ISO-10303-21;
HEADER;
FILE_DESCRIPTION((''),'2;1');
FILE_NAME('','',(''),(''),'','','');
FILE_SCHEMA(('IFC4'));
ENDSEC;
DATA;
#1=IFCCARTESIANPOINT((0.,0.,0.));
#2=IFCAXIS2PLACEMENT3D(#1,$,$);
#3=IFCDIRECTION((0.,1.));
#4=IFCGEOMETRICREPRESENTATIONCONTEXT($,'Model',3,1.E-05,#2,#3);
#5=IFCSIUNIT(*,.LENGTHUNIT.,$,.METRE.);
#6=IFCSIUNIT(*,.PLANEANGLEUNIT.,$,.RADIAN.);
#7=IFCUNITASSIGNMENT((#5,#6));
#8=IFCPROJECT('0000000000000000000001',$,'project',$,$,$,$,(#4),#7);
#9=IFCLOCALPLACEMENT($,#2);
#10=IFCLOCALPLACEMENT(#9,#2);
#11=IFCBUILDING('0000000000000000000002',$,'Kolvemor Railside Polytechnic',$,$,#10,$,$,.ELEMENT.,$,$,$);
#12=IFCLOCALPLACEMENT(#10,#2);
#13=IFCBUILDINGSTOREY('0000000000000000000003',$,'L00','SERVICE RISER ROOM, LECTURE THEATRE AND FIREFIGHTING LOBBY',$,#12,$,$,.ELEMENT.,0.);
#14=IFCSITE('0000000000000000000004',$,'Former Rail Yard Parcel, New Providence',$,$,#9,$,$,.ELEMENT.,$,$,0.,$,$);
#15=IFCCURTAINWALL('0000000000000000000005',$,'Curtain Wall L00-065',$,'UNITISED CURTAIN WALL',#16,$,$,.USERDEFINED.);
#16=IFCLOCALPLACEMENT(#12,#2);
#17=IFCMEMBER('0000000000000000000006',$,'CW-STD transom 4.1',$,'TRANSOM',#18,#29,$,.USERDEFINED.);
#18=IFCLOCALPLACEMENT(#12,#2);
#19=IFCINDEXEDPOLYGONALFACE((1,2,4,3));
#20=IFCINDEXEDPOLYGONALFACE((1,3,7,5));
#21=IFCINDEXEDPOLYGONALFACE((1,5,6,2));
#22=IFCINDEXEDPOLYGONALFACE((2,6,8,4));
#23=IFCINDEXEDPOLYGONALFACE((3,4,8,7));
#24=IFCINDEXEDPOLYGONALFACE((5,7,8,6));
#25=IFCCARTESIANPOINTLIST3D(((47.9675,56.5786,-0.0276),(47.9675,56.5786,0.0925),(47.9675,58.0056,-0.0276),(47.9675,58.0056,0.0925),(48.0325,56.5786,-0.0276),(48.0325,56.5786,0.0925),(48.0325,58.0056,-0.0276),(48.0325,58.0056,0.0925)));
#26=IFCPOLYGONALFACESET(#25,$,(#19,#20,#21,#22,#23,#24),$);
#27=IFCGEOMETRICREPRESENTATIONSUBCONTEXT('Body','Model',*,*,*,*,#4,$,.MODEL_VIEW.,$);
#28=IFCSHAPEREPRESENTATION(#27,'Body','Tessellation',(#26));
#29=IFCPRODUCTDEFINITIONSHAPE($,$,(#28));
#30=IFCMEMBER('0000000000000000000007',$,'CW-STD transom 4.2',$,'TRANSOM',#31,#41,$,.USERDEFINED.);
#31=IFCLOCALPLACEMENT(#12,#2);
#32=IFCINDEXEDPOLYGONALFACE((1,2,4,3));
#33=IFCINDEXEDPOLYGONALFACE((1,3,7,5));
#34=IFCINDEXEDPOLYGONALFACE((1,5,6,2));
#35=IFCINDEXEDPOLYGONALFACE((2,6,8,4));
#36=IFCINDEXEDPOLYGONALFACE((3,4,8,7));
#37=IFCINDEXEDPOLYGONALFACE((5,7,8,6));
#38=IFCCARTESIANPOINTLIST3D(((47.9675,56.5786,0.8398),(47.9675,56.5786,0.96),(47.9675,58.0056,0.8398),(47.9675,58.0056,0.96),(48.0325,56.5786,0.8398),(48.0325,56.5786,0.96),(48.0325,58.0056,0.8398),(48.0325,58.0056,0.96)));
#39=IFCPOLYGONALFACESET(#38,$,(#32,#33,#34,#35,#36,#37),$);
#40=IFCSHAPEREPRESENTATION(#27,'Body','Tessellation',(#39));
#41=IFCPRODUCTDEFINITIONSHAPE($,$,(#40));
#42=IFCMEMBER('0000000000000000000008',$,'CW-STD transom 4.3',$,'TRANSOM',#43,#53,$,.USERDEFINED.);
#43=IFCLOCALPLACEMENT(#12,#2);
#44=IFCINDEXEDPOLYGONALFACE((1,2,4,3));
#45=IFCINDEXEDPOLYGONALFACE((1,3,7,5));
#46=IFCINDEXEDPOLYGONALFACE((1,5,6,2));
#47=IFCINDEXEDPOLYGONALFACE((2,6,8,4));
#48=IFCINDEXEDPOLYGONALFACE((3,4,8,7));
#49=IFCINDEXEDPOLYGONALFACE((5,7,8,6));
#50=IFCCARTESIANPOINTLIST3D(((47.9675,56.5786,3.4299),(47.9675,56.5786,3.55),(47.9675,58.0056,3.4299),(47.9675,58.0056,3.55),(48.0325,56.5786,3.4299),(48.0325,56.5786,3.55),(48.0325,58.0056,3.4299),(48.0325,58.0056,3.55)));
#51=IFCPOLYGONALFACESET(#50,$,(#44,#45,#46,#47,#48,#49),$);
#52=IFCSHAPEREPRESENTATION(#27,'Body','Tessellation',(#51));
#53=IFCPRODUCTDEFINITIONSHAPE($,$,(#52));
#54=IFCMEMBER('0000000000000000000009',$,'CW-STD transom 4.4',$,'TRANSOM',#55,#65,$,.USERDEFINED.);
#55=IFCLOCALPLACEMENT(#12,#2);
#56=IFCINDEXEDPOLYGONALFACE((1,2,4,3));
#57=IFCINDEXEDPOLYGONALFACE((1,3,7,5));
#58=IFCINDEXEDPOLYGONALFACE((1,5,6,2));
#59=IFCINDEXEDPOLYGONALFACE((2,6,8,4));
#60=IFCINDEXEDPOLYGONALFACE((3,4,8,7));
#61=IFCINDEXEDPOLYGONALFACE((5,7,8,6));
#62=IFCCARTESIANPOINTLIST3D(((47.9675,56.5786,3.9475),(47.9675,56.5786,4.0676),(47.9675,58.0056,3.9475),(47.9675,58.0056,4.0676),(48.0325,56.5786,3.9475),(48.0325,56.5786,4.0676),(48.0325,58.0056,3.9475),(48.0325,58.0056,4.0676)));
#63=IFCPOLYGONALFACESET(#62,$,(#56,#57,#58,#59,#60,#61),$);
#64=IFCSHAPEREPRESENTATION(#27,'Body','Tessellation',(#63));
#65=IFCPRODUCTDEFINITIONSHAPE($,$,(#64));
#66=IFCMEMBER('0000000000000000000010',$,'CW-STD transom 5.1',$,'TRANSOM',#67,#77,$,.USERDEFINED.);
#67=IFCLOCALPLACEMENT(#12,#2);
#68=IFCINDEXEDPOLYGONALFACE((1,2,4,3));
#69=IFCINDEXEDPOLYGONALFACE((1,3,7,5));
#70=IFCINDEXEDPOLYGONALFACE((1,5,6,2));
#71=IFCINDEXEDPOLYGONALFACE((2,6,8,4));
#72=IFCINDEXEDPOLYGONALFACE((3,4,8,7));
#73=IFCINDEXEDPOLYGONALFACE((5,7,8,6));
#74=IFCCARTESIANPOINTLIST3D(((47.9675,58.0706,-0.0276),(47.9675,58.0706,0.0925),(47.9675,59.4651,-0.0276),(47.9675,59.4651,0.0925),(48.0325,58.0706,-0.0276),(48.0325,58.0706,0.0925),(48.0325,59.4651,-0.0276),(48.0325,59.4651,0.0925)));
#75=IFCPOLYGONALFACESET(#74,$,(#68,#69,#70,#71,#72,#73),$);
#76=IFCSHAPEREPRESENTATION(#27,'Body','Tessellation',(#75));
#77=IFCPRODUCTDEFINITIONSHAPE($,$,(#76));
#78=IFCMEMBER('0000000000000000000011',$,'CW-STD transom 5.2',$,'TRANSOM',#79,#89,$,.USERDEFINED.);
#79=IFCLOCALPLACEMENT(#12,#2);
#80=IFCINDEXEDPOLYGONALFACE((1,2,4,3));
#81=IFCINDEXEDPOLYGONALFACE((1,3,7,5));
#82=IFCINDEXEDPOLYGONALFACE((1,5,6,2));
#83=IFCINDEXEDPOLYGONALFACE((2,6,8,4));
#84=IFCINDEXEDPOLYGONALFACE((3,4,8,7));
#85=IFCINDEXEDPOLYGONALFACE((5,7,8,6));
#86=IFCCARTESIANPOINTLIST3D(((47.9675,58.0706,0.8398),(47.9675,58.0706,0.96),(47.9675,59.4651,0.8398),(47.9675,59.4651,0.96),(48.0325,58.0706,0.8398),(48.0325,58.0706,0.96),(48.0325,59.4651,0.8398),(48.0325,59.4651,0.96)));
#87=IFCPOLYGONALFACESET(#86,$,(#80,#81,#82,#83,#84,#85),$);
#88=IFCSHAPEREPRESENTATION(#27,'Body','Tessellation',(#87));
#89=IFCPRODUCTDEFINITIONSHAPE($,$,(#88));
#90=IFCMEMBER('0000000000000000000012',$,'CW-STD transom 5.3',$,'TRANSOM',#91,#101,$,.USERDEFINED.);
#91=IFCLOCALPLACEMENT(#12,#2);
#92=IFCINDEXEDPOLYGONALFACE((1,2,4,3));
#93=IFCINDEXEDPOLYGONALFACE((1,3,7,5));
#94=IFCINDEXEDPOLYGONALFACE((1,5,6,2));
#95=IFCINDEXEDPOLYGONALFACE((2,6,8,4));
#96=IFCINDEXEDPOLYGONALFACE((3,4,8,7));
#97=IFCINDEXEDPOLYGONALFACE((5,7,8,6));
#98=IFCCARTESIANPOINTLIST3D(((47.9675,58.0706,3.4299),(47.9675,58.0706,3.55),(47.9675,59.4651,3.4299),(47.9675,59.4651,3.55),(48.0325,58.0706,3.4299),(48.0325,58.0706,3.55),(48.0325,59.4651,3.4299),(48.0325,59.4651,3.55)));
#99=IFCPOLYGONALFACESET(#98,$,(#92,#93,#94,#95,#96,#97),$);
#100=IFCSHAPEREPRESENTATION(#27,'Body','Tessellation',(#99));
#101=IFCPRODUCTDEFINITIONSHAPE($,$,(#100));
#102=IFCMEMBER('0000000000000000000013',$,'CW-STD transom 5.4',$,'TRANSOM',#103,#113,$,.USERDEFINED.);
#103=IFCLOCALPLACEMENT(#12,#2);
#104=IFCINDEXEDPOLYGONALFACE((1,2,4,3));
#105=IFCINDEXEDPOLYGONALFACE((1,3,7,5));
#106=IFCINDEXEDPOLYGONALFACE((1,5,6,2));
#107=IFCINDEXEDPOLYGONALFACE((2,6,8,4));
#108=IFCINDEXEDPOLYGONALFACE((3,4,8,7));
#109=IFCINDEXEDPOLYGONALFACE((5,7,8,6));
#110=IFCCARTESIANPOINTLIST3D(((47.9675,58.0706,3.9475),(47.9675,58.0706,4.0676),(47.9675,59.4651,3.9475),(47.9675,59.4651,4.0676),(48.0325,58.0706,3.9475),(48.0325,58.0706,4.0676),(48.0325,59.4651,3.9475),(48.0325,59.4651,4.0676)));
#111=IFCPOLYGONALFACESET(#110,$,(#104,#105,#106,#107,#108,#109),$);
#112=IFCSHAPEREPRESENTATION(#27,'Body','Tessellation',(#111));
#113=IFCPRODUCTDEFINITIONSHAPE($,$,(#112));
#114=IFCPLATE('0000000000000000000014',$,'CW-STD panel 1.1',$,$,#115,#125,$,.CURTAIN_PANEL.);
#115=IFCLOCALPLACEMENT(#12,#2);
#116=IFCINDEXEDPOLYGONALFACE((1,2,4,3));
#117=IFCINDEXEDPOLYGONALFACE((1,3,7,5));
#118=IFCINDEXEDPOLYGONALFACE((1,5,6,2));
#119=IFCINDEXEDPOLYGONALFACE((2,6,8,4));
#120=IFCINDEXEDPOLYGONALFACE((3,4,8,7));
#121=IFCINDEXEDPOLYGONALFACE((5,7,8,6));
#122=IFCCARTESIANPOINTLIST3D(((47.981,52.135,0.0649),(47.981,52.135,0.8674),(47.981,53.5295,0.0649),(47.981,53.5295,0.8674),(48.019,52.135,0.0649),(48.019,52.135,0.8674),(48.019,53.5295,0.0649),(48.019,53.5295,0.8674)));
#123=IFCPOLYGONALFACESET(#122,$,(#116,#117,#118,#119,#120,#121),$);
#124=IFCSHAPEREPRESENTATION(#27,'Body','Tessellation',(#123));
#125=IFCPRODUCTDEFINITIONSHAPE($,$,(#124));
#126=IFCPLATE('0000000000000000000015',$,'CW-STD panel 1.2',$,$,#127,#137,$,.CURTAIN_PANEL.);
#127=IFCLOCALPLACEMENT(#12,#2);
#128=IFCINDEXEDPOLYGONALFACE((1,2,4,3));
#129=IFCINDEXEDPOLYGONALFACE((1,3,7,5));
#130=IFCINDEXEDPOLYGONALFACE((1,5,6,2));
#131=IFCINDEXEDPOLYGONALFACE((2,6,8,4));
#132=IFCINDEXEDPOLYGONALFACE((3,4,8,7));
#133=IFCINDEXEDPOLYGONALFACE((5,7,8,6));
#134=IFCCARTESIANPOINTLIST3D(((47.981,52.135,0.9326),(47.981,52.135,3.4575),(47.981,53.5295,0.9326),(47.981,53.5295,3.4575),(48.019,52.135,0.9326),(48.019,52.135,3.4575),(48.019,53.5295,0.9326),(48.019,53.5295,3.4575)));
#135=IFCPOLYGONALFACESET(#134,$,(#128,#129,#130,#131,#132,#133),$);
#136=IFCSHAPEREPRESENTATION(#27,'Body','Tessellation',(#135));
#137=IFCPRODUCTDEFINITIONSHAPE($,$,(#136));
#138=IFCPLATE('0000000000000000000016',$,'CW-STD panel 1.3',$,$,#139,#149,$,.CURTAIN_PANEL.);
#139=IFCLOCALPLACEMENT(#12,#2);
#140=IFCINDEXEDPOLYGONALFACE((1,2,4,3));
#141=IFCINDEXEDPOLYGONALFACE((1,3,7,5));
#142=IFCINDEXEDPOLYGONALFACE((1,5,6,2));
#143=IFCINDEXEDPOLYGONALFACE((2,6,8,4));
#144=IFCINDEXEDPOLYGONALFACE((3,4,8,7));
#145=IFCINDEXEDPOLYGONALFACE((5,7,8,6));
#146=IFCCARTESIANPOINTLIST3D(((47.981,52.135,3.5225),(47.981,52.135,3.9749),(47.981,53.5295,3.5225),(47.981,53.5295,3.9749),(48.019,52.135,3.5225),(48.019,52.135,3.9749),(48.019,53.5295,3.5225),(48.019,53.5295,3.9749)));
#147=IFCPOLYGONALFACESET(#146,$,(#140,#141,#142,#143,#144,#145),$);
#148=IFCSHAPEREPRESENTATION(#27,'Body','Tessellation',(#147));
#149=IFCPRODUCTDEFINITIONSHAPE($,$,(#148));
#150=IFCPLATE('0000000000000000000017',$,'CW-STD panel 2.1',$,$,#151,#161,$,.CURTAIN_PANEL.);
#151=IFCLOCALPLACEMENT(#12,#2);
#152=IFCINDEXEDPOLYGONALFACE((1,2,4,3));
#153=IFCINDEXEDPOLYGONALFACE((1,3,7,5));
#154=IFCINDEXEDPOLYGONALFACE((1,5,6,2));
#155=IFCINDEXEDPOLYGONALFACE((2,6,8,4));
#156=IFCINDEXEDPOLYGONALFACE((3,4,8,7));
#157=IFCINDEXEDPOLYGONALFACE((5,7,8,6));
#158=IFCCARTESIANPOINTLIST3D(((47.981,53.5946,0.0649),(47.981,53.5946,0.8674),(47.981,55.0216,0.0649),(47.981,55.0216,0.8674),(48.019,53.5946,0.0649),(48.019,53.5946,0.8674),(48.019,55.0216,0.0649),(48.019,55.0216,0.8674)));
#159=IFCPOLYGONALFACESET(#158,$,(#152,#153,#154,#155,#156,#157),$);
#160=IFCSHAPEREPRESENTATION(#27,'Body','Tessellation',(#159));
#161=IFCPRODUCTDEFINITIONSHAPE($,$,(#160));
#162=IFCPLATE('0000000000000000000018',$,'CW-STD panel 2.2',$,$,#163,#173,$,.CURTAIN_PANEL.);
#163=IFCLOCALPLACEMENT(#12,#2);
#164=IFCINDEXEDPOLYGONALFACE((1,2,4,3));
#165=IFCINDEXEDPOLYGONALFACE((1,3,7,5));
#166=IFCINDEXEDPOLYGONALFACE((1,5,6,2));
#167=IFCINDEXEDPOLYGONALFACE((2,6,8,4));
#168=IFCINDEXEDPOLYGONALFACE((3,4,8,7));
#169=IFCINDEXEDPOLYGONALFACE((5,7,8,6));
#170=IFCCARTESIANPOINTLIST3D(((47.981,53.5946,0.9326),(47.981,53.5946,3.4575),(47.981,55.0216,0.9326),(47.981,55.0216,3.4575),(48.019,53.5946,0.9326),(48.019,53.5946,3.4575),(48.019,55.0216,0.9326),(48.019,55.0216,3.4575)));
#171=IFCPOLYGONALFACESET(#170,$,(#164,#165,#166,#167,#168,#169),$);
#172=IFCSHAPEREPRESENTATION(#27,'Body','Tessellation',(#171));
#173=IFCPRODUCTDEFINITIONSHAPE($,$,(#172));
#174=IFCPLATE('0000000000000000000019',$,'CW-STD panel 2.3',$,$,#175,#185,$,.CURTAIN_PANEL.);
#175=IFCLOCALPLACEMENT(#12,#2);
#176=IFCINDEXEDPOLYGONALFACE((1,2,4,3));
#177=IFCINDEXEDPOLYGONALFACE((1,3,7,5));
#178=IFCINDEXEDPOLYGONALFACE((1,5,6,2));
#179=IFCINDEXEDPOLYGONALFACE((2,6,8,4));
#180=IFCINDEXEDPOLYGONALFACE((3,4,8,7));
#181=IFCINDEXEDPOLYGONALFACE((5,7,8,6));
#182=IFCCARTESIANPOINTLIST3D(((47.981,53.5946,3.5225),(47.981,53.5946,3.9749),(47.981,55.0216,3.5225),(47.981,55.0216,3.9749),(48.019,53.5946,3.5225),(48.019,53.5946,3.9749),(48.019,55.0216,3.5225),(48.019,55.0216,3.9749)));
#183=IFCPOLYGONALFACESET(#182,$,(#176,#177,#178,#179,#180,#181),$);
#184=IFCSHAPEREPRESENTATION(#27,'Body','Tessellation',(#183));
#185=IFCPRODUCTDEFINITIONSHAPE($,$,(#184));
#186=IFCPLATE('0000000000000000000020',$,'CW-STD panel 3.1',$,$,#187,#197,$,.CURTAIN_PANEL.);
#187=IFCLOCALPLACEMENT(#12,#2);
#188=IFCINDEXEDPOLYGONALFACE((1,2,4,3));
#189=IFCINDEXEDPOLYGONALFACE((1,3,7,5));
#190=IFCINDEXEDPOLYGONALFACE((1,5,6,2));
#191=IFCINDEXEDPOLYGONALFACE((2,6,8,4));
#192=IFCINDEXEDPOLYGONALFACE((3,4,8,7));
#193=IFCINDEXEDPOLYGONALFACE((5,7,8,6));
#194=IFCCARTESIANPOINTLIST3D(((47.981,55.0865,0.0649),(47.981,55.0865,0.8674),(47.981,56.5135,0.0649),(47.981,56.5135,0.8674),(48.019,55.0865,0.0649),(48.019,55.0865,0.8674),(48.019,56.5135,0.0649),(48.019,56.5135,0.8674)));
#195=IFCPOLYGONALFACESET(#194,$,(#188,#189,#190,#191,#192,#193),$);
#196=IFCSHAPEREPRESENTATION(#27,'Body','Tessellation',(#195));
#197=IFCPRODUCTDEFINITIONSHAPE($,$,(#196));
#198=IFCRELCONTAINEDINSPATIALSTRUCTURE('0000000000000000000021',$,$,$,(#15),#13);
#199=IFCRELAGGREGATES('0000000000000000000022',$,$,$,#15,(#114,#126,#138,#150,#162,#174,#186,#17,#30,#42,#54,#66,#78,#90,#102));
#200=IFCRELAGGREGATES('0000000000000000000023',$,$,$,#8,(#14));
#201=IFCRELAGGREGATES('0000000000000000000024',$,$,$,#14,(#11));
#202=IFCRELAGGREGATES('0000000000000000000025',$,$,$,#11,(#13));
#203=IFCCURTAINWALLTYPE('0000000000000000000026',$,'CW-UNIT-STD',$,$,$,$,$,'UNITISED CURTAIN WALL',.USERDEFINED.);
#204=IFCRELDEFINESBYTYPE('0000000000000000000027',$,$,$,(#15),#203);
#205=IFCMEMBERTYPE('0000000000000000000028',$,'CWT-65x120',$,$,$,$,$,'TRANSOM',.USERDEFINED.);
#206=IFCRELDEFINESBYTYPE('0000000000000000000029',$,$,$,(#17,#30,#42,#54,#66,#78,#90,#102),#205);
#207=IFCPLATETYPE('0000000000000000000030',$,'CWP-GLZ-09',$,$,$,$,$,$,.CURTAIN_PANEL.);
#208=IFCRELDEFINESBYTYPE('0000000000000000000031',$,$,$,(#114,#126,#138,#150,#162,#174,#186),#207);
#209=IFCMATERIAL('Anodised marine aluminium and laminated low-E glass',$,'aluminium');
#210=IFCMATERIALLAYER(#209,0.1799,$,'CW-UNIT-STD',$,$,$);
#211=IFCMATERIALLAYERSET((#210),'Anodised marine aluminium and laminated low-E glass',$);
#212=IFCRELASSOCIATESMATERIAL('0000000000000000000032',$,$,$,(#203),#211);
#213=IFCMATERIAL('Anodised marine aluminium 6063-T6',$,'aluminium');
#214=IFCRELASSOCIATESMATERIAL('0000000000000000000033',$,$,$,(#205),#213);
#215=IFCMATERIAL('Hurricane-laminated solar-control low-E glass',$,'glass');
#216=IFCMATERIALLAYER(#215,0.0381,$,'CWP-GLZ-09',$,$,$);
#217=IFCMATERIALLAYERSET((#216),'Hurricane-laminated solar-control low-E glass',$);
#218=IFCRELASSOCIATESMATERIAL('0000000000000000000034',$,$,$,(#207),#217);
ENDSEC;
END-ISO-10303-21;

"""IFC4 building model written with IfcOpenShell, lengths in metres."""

from ifc_helpers import new_model, si_unit, direction, frame, origin, origin_2d, place, context, subcontext, project, spatial, rectangle, extrude, material, layer, layer_set, material_profile, profile_set, type_object, element, aggregate, save


model = new_model("IFC4")

# Units and contexts
model_context = context("Model", 3, precision=1e-05, world=origin(), true_north=direction((0.0, 1.0)))
body_context = subcontext(model_context, "Body", "Model", "MODEL_VIEW")
ifc_project = project(units=[si_unit("LENGTHUNIT", "METRE"), si_unit("PLANEANGLEUNIT", "RADIAN")], contexts=[model_context])

# Site, building, storey
site_placement = place(None, origin())
site = spatial("IfcSite", under=ifc_project, at=site_placement, Name="Former Rail Yard Parcel, New Providence", CompositionType="ELEMENT", RefElevation=0.0)
building_placement = place(site_placement, origin())
building = spatial("IfcBuilding", under=site, at=building_placement, Name="Kolvemor Railside Polytechnic", CompositionType="ELEMENT")
storey_placement = place(building_placement, origin())
storey = spatial("IfcBuildingStorey", under=building, at=storey_placement, Name="L00", Description="SERVICE RISER ROOM, LECTURE THEATRE AND FIREFIGHTING LOBBY", CompositionType="ELEMENT", Elevation=0.0)

# Curtain wall, members, plates
ifc_material_1 = material(Name="Anodised marine aluminium and laminated low-E glass", Category="aluminium")
ifc_layer_1 = layer(ifc_material_1, 0.1799, Name="CW-UNIT-STD")
ifc_layer_set_1 = layer_set([ifc_layer_1], Name="Anodised marine aluminium and laminated low-E glass")
curtain_wall_type = type_object("IfcCurtainWallType", Name="CW-UNIT-STD", ElementType="UNITISED CURTAIN WALL", PredefinedType="USERDEFINED", material=ifc_layer_set_1)
curtain_wall_placement = place(storey_placement, origin())
curtain_wall = element("IfcCurtainWall", 1, at=curtain_wall_placement, inside=storey, type_object=curtain_wall_type, Name="Curtain Wall L00-065", ObjectType="UNITISED CURTAIN WALL", PredefinedType="USERDEFINED")
ifc_material_2 = material(Name="Anodised marine aluminium 6063-T6", Category="aluminium")
ifc_material_profile_1 = material_profile(ifc_material_2, rectangle(XDim=0.0649, YDim=0.1201, at=origin_2d()), Name="CW-TRN-65x120")
ifc_profile_set_1 = profile_set([ifc_material_profile_1], Name="Anodised marine aluminium 6063-T6")
member_type_1 = type_object("IfcMemberType", Name="CWT-65x120", ElementType="TRANSOM", PredefinedType="USERDEFINED", material=ifc_profile_set_1)
member_1_placement = place(storey_placement, frame((48.0, 56.5786, 0.0325), z_axis=(0.0, 1.0, 0.0), x_axis=(-1.0, 0.0, 0.0)))
member_1 = element("IfcMember", 2, at=member_1_placement, type_object=member_type_1, Name="CW-STD transom 4.1", ObjectType="TRANSOM", PredefinedType="USERDEFINED", context=body_context, shape_type="SweptSolid", body=[
    extrude(rectangle(XDim=0.0649, YDim=0.1201, at=origin_2d()), origin(), (0.0, 0.0, 1.0), 1.427),
])
member_2_placement = place(storey_placement, frame((48.0, 56.5786, 0.8999), z_axis=(0.0, 1.0, 0.0), x_axis=(-1.0, 0.0, 0.0)))
member_2 = element("IfcMember", 3, at=member_2_placement, type_object=member_type_1, Name="CW-STD transom 4.2", ObjectType="TRANSOM", PredefinedType="USERDEFINED", context=body_context, shape_type="SweptSolid", body=[
    extrude(rectangle(XDim=0.0649, YDim=0.1201, at=origin_2d()), origin(), (0.0, 0.0, 1.0), 1.427),
])
member_3_placement = place(storey_placement, frame((48.0, 56.5786, 3.49), z_axis=(0.0, 1.0, 0.0), x_axis=(-1.0, 0.0, 0.0)))
member_3 = element("IfcMember", 4, at=member_3_placement, type_object=member_type_1, Name="CW-STD transom 4.3", ObjectType="TRANSOM", PredefinedType="USERDEFINED", context=body_context, shape_type="SweptSolid", body=[
    extrude(rectangle(XDim=0.0649, YDim=0.1201, at=origin_2d()), origin(), (0.0, 0.0, 1.0), 1.427),
])
member_4_placement = place(storey_placement, frame((48.0, 56.5786, 4.0076), z_axis=(0.0, 1.0, 0.0), x_axis=(-1.0, 0.0, 0.0)))
member_4 = element("IfcMember", 5, at=member_4_placement, type_object=member_type_1, Name="CW-STD transom 4.4", ObjectType="TRANSOM", PredefinedType="USERDEFINED", context=body_context, shape_type="SweptSolid", body=[
    extrude(rectangle(XDim=0.0649, YDim=0.1201, at=origin_2d()), origin(), (0.0, 0.0, 1.0), 1.427),
])
member_5_placement = place(storey_placement, frame((48.0, 58.0706, 0.0325), z_axis=(0.0, 1.0, 0.0), x_axis=(-1.0, 0.0, 0.0)))
member_5 = element("IfcMember", 6, at=member_5_placement, type_object=member_type_1, Name="CW-STD transom 5.1", ObjectType="TRANSOM", PredefinedType="USERDEFINED", context=body_context, shape_type="SweptSolid", body=[
    extrude(rectangle(XDim=0.0649, YDim=0.1201, at=origin_2d()), origin(), (0.0, 0.0, 1.0), 1.3945),
])
member_6_placement = place(storey_placement, frame((48.0, 58.0706, 0.8999), z_axis=(0.0, 1.0, 0.0), x_axis=(-1.0, 0.0, 0.0)))
member_6 = element("IfcMember", 7, at=member_6_placement, type_object=member_type_1, Name="CW-STD transom 5.2", ObjectType="TRANSOM", PredefinedType="USERDEFINED", context=body_context, shape_type="SweptSolid", body=[
    extrude(rectangle(XDim=0.0649, YDim=0.1201, at=origin_2d()), origin(), (0.0, 0.0, 1.0), 1.3945),
])
member_7_placement = place(storey_placement, frame((48.0, 58.0706, 3.49), z_axis=(0.0, 1.0, 0.0), x_axis=(-1.0, 0.0, 0.0)))
member_7 = element("IfcMember", 8, at=member_7_placement, type_object=member_type_1, Name="CW-STD transom 5.3", ObjectType="TRANSOM", PredefinedType="USERDEFINED", context=body_context, shape_type="SweptSolid", body=[
    extrude(rectangle(XDim=0.0649, YDim=0.1201, at=origin_2d()), origin(), (0.0, 0.0, 1.0), 1.3945),
])
member_8_placement = place(storey_placement, frame((48.0, 58.0706, 4.0076), z_axis=(0.0, 1.0, 0.0), x_axis=(-1.0, 0.0, 0.0)))
member_8 = element("IfcMember", 9, at=member_8_placement, type_object=member_type_1, Name="CW-STD transom 5.4", ObjectType="TRANSOM", PredefinedType="USERDEFINED", context=body_context, shape_type="SweptSolid", body=[
    extrude(rectangle(XDim=0.0649, YDim=0.1201, at=origin_2d()), origin(), (0.0, 0.0, 1.0), 1.3945),
])
ifc_material_3 = material(Name="Hurricane-laminated solar-control low-E glass", Category="glass")
ifc_layer_2 = layer(ifc_material_3, 0.0381, Name="CWP-GLZ-09")
ifc_layer_set_2 = layer_set([ifc_layer_2], Name="Hurricane-laminated solar-control low-E glass")
plate_type = type_object("IfcPlateType", Name="CWP-GLZ-09", PredefinedType="CURTAIN_PANEL", material=ifc_layer_set_2)
plate_1_placement = place(storey_placement, frame((48.0, 52.8323, 0.0649), z_axis=(0.0, 0.0, 1.0), x_axis=(0.0, 1.0, 0.0)))
plate_1 = element("IfcPlate", 10, at=plate_1_placement, type_object=plate_type, Name="CW-STD panel 1.1", PredefinedType="CURTAIN_PANEL", context=body_context, shape_type="SweptSolid", body=[
    extrude(rectangle(XDim=1.3945, YDim=0.0381, at=origin_2d()), origin(), (0.0, 0.0, 1.0), 0.8025),
])
plate_2_placement = place(storey_placement, frame((48.0, 52.8323, 0.9326), z_axis=(0.0, 0.0, 1.0), x_axis=(0.0, 1.0, 0.0)))
plate_2 = element("IfcPlate", 11, at=plate_2_placement, type_object=plate_type, Name="CW-STD panel 1.2", PredefinedType="CURTAIN_PANEL", context=body_context, shape_type="SweptSolid", body=[
    extrude(rectangle(XDim=1.3945, YDim=0.0381, at=origin_2d()), origin(), (0.0, 0.0, 1.0), 2.5249),
])
plate_3_placement = place(storey_placement, frame((48.0, 52.8323, 3.5225), z_axis=(0.0, 0.0, 1.0), x_axis=(0.0, 1.0, 0.0)))
plate_3 = element("IfcPlate", 12, at=plate_3_placement, type_object=plate_type, Name="CW-STD panel 1.3", PredefinedType="CURTAIN_PANEL", context=body_context, shape_type="SweptSolid", body=[
    extrude(rectangle(XDim=1.3945, YDim=0.0381, at=origin_2d()), origin(), (0.0, 0.0, 1.0), 0.4524),
])
plate_4_placement = place(storey_placement, frame((48.0, 54.3081, 0.0649), z_axis=(0.0, 0.0, 1.0), x_axis=(0.0, 1.0, 0.0)))
plate_4 = element("IfcPlate", 13, at=plate_4_placement, type_object=plate_type, Name="CW-STD panel 2.1", PredefinedType="CURTAIN_PANEL", context=body_context, shape_type="SweptSolid", body=[
    extrude(rectangle(XDim=1.427, YDim=0.0381, at=origin_2d()), origin(), (0.0, 0.0, 1.0), 0.8025),
])
plate_5_placement = place(storey_placement, frame((48.0, 54.3081, 0.9326), z_axis=(0.0, 0.0, 1.0), x_axis=(0.0, 1.0, 0.0)))
plate_5 = element("IfcPlate", 14, at=plate_5_placement, type_object=plate_type, Name="CW-STD panel 2.2", PredefinedType="CURTAIN_PANEL", context=body_context, shape_type="SweptSolid", body=[
    extrude(rectangle(XDim=1.427, YDim=0.0381, at=origin_2d()), origin(), (0.0, 0.0, 1.0), 2.5249),
])
plate_6_placement = place(storey_placement, frame((48.0, 54.3081, 3.5225), z_axis=(0.0, 0.0, 1.0), x_axis=(0.0, 1.0, 0.0)))
plate_6 = element("IfcPlate", 15, at=plate_6_placement, type_object=plate_type, Name="CW-STD panel 2.3", PredefinedType="CURTAIN_PANEL", context=body_context, shape_type="SweptSolid", body=[
    extrude(rectangle(XDim=1.427, YDim=0.0381, at=origin_2d()), origin(), (0.0, 0.0, 1.0), 0.4524),
])
plate_7_placement = place(storey_placement, frame((48.0, 55.8, 0.0649), z_axis=(0.0, 0.0, 1.0), x_axis=(0.0, 1.0, 0.0)))
plate_7 = element("IfcPlate", 16, at=plate_7_placement, type_object=plate_type, Name="CW-STD panel 3.1", PredefinedType="CURTAIN_PANEL", context=body_context, shape_type="SweptSolid", body=[
    extrude(rectangle(XDim=1.427, YDim=0.0381, at=origin_2d()), origin(), (0.0, 0.0, 1.0), 0.8025),
])
aggregate(curtain_wall, [plate_1, plate_2, plate_3, plate_4, plate_5, plate_6, plate_7, member_1, member_2, member_3, member_4, member_5, member_6, member_7, member_8])

save(model, "model.ifc")
